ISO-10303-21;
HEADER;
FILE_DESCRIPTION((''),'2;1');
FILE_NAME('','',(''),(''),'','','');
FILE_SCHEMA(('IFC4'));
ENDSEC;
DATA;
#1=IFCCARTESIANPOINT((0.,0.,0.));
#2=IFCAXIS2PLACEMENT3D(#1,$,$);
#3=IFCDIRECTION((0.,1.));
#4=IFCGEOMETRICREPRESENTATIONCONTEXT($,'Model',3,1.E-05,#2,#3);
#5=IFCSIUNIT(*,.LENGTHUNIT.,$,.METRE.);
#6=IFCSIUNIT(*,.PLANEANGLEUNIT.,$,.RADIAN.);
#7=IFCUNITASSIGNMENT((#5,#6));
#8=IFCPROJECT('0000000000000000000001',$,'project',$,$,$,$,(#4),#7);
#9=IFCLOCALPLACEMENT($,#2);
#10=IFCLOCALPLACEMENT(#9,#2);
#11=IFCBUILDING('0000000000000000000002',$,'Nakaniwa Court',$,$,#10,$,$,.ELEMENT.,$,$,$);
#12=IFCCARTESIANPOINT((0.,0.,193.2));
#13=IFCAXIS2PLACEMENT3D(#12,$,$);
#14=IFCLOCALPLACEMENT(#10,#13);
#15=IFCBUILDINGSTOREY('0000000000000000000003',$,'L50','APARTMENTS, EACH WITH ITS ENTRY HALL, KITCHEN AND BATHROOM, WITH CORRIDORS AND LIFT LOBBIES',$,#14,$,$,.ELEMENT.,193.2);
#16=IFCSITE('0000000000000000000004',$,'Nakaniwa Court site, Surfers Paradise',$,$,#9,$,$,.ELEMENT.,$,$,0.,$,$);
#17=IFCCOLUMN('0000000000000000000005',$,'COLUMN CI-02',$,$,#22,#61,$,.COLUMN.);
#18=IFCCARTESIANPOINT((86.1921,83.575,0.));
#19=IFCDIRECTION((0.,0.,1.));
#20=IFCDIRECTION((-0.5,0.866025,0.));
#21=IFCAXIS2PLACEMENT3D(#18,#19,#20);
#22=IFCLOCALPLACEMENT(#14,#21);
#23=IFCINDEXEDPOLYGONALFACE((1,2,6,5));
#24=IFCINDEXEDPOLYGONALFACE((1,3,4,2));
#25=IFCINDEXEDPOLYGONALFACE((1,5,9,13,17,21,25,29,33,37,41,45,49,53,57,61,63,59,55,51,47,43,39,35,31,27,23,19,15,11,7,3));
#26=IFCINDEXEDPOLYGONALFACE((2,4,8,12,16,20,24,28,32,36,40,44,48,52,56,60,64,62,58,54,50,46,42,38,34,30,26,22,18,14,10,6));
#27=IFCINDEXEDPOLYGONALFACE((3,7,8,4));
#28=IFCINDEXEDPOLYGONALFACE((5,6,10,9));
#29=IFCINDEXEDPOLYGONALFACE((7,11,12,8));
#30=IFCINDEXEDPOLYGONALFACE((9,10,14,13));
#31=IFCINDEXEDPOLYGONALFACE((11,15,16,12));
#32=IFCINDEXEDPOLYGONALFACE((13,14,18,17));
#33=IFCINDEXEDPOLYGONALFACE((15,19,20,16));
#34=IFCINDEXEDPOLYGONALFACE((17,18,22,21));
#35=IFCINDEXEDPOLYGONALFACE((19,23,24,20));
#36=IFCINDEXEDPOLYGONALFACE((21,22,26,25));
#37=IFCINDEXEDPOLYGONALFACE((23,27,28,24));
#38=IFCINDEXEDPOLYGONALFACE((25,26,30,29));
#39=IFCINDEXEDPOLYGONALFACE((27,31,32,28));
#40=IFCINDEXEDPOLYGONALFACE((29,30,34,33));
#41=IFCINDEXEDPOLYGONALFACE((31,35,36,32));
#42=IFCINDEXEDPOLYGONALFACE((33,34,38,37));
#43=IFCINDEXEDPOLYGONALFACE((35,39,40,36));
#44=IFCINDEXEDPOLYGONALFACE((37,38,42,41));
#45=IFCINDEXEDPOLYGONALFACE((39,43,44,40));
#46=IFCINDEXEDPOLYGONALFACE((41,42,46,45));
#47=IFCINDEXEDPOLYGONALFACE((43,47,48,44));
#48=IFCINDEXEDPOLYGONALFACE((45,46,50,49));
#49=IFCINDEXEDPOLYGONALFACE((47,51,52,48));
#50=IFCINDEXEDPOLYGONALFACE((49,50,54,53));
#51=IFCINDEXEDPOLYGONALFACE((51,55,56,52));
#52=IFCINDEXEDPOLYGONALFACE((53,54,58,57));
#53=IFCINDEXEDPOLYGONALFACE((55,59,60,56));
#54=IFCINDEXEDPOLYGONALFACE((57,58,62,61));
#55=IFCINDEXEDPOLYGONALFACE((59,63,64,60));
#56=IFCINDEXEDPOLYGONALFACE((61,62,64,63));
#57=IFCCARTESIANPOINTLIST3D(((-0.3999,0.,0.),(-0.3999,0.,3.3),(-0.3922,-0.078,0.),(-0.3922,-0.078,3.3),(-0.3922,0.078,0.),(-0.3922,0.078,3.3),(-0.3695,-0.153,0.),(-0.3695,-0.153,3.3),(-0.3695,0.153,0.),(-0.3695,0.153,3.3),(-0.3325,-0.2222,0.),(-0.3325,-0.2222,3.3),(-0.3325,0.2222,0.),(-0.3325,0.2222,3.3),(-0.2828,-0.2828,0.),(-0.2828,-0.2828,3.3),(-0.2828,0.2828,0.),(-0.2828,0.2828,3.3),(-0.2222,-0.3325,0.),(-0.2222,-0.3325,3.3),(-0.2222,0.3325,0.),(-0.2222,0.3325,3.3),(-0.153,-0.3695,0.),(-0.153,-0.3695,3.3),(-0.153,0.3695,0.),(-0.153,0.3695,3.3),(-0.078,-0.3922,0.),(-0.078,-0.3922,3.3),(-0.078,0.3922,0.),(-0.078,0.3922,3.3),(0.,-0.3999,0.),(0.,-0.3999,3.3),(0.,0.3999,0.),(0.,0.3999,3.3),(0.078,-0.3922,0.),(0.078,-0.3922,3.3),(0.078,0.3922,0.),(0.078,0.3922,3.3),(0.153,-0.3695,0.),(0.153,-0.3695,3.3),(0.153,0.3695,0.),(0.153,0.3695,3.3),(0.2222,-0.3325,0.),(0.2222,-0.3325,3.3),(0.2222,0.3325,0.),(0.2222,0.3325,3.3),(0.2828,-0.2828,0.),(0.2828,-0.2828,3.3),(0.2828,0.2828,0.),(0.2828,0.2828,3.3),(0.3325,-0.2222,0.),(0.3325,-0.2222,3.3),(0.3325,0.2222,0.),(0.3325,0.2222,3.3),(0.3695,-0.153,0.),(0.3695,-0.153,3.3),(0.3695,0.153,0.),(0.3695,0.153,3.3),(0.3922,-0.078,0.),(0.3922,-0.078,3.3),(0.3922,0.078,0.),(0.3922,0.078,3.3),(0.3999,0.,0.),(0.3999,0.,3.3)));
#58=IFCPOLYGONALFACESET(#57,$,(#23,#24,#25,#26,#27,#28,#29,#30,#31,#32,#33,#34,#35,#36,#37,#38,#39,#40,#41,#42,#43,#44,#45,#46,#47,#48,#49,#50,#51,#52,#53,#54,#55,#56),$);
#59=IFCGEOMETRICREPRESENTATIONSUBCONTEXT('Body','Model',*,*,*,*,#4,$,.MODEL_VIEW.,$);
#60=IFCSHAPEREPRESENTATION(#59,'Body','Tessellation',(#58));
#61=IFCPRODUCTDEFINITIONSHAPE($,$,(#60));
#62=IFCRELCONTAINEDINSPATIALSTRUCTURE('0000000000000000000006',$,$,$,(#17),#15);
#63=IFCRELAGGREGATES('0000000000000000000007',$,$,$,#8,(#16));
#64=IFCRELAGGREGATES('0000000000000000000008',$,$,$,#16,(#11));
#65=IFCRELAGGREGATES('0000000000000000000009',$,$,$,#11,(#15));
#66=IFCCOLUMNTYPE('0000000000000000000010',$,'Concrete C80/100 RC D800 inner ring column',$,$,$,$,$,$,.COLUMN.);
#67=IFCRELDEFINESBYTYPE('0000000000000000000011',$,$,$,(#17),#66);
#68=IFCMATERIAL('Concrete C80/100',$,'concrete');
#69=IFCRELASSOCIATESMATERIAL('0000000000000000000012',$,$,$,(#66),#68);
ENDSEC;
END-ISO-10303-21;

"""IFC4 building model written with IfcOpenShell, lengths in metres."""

from ifc_helpers import new_model, si_unit, direction, frame, origin, origin_2d, place, context, subcontext, project, spatial, circle, extrude, material, material_profile, profile_set, type_object, element, save


model = new_model("IFC4")

# Units and contexts
model_context = context("Model", 3, precision=1e-05, world=origin(), true_north=direction((0.0, 1.0)))
body_context = subcontext(model_context, "Body", "Model", "MODEL_VIEW")
ifc_project = project(units=[si_unit("LENGTHUNIT", "METRE"), si_unit("PLANEANGLEUNIT", "RADIAN")], contexts=[model_context])

# Site, building, storey
site_placement = place(None, origin())
site = spatial("IfcSite", under=ifc_project, at=site_placement, Name="Nakaniwa Court site, Surfers Paradise", CompositionType="ELEMENT", RefElevation=0.0)
building_placement = place(site_placement, origin())
building = spatial("IfcBuilding", under=site, at=building_placement, Name="Nakaniwa Court", CompositionType="ELEMENT")
storey_placement = place(building_placement, frame((0.0, 0.0, 193.2)))
storey = spatial("IfcBuildingStorey", under=building, at=storey_placement, Name="L50", Description="APARTMENTS, EACH WITH ITS ENTRY HALL, KITCHEN AND BATHROOM, WITH CORRIDORS AND LIFT LOBBIES", CompositionType="ELEMENT", Elevation=193.2)

# Column
ifc_material_1 = material(Name="Concrete C80/100", Category="concrete")
ifc_material_profile_1 = material_profile(ifc_material_1, circle(Radius=0.3999, at=origin_2d()), Name="Concrete C80/100 RC D800 inner ring column")
ifc_profile_set_1 = profile_set([ifc_material_profile_1], Name="Concrete C80/100")
column_type_1 = type_object("IfcColumnType", Name="Concrete C80/100 RC D800 inner ring column", PredefinedType="COLUMN", material=ifc_profile_set_1)
for number, where, z_axis, x_axis, name in (
    (1, (86.1921, 83.575, 0.0), (0.0, 0.0, 1.0), (-0.5, 0.866025, 0.0), "COLUMN CI-02"),
):
    element("IfcColumn", number, at=place(storey_placement, frame(where, z_axis=z_axis, x_axis=x_axis)), inside=storey, type_object=column_type_1, Name=name, PredefinedType="COLUMN", context=body_context, shape_type="SweptSolid", body=[
        extrude(circle(Radius=0.3999, at=origin_2d()), origin(), (0.0, 0.0, 1.0), 3.3),
    ])

save(model, "model.ifc")
